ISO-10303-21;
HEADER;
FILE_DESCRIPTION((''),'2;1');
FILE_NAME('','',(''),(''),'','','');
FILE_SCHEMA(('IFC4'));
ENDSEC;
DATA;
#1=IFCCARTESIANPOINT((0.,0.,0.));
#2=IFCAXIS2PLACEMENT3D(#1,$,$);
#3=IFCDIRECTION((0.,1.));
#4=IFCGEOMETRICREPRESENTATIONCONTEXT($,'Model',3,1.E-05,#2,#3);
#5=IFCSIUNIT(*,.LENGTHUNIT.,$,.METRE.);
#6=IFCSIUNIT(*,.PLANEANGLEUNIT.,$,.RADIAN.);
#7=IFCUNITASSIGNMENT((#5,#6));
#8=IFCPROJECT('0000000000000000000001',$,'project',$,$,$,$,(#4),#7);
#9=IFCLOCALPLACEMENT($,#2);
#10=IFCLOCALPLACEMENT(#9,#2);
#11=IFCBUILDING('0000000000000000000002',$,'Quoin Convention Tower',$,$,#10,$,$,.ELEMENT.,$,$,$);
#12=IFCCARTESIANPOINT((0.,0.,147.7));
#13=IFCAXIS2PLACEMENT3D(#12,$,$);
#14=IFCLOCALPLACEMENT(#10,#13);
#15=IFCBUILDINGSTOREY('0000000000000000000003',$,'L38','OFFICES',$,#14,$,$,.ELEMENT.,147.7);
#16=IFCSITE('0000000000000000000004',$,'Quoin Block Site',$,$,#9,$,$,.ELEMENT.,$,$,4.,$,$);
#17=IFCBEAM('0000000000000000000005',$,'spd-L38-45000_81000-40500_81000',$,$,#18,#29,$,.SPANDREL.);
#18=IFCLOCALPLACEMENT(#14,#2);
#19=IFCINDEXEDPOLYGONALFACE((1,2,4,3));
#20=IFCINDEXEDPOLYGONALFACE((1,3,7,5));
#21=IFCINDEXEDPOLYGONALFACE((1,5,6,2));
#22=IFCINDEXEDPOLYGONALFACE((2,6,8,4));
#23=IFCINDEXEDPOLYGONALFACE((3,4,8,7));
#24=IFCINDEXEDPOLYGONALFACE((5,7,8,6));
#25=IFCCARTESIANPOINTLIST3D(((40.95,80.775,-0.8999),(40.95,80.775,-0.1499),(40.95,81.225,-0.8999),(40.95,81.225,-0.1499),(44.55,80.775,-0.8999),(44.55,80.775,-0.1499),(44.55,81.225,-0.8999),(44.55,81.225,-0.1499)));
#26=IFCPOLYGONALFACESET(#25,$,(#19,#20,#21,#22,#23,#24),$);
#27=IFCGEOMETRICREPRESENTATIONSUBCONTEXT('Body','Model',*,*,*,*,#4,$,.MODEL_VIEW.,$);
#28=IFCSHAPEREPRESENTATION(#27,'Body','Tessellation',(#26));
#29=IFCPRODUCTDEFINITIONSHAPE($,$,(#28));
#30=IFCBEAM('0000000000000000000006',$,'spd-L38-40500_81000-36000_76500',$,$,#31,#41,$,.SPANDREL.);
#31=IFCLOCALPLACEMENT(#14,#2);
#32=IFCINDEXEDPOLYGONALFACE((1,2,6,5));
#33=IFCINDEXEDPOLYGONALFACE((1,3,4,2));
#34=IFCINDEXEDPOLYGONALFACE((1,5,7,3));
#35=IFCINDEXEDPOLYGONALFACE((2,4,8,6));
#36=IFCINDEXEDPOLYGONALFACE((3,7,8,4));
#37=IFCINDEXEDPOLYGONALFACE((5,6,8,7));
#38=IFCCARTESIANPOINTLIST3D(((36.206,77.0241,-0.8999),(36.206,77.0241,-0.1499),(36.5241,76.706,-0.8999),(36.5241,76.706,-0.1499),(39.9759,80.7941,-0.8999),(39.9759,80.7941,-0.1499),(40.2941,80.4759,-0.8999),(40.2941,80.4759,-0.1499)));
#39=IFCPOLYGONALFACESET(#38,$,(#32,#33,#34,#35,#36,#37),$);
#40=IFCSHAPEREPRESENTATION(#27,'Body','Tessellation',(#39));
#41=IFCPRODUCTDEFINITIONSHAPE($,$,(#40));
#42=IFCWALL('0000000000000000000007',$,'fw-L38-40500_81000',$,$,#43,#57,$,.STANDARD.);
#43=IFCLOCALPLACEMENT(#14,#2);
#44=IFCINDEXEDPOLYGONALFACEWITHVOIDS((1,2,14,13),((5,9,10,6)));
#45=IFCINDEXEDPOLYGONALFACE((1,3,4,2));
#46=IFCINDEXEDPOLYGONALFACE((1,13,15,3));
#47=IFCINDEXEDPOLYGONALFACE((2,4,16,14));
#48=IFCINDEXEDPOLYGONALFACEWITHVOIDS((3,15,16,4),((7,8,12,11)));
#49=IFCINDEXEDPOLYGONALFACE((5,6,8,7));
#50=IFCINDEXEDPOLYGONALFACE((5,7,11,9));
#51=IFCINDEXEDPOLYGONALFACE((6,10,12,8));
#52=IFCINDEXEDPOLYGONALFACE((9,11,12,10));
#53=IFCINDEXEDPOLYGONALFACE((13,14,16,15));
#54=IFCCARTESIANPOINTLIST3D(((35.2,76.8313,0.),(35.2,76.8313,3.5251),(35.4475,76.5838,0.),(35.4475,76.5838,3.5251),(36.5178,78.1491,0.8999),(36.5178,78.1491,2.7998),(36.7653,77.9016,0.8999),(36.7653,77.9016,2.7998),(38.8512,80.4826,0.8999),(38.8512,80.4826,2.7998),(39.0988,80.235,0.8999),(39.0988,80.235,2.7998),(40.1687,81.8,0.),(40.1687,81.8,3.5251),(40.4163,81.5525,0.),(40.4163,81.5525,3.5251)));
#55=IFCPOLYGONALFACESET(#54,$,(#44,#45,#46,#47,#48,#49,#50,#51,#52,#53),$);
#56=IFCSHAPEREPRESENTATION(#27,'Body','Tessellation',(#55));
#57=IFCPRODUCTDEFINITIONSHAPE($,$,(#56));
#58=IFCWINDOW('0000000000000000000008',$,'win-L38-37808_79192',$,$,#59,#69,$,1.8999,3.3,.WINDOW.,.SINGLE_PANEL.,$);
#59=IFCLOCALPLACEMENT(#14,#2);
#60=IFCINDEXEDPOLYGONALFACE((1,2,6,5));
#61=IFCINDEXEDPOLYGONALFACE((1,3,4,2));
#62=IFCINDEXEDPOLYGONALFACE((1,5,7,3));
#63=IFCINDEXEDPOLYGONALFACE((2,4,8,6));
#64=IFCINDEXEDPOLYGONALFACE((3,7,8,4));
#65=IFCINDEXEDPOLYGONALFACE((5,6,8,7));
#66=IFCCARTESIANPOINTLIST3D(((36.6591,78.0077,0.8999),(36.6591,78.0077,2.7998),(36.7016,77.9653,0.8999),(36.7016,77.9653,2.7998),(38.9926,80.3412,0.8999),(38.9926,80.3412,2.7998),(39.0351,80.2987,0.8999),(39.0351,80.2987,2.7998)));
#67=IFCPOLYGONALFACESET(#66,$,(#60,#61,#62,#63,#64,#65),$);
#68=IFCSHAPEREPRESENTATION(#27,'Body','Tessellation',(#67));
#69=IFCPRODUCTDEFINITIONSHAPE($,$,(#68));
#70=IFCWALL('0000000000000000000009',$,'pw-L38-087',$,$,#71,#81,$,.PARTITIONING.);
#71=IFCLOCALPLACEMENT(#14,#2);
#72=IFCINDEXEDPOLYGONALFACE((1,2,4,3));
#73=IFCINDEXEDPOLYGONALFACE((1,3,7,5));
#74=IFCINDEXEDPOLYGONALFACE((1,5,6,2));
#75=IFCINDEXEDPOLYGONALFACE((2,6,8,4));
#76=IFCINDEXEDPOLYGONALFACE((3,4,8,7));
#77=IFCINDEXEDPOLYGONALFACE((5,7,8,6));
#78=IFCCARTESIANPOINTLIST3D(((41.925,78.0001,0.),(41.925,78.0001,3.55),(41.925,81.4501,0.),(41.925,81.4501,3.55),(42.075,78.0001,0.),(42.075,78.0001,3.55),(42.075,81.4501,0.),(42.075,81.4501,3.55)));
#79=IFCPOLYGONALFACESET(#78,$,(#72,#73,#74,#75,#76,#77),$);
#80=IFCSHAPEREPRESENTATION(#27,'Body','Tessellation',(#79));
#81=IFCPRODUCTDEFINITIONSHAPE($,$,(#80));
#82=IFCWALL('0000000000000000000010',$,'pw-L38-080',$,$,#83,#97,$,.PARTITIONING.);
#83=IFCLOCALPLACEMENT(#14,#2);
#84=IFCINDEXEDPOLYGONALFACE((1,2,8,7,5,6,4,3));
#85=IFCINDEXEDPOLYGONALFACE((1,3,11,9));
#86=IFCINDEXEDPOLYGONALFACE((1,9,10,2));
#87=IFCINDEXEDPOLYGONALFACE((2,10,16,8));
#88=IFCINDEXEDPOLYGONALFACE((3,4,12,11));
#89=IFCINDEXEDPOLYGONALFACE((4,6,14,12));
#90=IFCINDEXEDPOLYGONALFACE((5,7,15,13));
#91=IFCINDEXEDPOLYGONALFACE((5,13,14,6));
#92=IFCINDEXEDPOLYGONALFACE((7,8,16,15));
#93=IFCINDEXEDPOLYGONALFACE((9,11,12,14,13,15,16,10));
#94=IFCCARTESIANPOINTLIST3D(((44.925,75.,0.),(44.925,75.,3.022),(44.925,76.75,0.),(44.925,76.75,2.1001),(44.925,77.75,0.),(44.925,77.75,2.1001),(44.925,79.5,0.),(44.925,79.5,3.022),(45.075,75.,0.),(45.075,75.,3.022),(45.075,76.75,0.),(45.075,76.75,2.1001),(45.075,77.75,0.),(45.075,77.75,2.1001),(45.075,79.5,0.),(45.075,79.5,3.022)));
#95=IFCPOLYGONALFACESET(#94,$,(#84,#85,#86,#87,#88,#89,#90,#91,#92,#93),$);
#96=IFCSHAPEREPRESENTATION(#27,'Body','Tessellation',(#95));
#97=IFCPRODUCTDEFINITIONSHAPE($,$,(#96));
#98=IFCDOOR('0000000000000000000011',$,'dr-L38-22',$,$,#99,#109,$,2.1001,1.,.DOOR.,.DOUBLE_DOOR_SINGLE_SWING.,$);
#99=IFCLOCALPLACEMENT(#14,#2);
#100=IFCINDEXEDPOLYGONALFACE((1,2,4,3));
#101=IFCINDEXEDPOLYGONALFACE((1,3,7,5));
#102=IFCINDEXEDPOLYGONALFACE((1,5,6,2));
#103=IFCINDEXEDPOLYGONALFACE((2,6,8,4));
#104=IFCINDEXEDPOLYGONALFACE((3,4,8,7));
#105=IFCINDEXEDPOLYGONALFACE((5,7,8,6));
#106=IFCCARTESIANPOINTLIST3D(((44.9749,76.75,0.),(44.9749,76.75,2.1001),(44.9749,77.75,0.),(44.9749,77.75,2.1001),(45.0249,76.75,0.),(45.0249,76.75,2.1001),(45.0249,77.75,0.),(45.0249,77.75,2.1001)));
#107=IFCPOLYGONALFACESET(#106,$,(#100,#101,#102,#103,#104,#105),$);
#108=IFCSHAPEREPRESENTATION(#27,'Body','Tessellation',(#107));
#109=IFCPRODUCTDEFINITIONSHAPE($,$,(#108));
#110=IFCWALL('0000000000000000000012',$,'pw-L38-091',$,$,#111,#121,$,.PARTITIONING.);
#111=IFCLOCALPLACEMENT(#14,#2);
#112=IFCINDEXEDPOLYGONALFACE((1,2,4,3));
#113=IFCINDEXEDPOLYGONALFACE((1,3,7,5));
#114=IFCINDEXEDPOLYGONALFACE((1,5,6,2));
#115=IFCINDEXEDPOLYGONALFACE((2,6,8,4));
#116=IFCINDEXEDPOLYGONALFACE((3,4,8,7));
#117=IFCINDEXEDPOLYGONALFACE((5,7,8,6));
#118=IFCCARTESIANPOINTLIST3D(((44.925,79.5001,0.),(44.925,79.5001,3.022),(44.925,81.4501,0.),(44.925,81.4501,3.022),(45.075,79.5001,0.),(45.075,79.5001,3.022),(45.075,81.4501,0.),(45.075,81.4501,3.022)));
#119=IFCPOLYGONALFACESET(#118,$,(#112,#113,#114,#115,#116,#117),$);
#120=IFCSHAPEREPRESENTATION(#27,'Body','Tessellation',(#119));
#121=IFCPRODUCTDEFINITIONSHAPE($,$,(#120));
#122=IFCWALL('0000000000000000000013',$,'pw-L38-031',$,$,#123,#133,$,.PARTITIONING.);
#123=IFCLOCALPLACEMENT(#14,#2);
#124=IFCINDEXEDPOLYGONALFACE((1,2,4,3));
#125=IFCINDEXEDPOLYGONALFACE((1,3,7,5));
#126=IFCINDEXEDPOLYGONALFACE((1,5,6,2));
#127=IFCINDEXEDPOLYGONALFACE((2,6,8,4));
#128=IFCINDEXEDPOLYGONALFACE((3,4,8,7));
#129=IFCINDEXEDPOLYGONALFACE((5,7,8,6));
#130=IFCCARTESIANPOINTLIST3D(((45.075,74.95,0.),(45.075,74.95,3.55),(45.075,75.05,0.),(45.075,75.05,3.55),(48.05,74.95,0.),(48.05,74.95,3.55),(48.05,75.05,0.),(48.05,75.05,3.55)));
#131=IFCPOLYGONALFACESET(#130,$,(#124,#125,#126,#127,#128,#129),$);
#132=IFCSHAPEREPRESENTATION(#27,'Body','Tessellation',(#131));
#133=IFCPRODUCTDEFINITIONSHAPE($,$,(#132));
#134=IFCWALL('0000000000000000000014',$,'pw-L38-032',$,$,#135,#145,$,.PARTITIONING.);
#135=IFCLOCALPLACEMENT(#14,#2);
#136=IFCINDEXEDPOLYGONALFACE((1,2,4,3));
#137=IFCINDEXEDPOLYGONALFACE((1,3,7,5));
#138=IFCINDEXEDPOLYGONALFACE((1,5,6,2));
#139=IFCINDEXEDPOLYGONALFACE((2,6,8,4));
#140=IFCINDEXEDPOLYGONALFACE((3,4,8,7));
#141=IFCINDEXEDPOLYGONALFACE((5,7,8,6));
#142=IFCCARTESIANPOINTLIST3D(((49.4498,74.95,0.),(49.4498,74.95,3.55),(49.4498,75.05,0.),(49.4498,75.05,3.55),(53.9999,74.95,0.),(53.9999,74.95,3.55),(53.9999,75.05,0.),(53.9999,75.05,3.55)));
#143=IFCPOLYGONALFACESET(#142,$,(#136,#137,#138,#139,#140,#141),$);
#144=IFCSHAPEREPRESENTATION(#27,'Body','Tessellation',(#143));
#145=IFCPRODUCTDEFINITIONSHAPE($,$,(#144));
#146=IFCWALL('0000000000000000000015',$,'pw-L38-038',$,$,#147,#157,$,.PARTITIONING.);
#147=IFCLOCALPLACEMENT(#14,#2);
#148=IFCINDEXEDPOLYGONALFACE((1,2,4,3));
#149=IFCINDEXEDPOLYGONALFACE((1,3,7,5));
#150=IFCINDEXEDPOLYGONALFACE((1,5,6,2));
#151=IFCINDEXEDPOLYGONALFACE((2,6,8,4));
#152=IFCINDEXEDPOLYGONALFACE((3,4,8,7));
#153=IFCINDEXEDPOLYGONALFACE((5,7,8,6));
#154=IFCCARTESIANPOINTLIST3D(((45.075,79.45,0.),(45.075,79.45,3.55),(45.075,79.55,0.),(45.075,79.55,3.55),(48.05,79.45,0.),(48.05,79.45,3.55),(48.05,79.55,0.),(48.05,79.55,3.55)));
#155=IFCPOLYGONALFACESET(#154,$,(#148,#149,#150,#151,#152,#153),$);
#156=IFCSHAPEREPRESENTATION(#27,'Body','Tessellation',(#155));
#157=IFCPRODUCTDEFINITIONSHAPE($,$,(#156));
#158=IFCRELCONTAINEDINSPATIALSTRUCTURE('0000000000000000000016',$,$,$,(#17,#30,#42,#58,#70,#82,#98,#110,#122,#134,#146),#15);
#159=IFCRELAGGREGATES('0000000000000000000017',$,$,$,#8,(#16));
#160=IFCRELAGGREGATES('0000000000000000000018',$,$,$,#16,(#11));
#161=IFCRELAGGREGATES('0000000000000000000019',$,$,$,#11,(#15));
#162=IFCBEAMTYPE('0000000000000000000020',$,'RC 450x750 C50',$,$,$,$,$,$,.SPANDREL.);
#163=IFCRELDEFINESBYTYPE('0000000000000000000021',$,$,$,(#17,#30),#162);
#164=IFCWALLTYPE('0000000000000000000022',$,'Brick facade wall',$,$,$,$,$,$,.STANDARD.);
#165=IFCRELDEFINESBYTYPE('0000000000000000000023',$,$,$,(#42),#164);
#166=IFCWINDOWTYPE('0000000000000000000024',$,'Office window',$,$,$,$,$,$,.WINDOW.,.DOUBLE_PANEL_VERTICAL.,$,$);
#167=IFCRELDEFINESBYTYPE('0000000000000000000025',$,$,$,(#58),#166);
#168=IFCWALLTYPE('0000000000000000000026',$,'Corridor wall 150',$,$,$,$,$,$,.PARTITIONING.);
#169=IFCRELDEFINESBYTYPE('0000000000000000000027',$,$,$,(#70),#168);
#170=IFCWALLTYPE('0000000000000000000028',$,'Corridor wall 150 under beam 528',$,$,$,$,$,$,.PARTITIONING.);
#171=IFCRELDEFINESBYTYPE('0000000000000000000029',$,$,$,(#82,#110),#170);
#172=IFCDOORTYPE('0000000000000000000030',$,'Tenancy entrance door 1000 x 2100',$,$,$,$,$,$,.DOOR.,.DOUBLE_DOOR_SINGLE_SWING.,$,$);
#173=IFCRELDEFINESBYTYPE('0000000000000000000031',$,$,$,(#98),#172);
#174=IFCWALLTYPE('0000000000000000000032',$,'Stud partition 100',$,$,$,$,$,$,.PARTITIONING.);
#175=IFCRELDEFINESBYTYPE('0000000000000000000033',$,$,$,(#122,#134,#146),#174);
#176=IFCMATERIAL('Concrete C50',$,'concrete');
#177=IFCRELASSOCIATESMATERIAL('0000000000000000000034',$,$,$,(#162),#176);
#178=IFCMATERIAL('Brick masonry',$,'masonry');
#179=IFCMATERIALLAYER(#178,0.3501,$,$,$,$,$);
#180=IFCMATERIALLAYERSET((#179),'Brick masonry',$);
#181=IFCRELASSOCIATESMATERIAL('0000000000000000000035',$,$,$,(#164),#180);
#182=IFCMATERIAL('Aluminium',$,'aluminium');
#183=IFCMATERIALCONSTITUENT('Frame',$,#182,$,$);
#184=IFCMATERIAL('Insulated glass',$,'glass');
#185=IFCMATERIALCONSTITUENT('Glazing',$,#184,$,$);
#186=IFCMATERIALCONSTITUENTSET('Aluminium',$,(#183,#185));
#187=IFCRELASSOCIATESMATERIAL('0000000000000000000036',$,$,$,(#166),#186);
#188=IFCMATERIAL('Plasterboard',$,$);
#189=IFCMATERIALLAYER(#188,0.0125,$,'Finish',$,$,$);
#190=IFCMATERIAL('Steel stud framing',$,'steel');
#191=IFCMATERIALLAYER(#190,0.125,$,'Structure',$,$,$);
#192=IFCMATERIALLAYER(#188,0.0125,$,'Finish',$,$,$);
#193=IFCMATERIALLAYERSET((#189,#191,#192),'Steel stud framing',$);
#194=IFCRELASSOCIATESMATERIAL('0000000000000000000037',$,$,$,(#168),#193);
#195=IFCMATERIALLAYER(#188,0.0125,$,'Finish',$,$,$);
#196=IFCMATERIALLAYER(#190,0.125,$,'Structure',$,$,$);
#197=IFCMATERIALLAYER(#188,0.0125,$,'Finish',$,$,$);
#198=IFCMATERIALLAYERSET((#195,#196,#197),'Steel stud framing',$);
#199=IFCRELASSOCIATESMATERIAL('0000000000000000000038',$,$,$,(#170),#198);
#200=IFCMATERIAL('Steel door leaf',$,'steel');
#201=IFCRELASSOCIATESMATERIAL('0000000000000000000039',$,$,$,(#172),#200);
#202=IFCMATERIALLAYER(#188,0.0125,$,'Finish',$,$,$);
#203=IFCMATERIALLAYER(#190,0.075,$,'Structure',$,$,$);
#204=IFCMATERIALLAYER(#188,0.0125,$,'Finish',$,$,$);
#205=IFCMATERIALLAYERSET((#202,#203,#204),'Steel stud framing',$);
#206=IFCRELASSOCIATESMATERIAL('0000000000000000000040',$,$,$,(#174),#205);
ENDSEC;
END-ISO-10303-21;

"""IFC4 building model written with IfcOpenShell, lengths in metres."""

from ifc_helpers import new_model, si_unit, direction, frame, frame_2d, origin, origin_2d, place, context, subcontext, project, spatial, rectangle, extrude, material, layer, layer_set, constituent, constituent_set, material_profile, profile_set, type_object, element, fill, save


model = new_model("IFC4")

# Units and contexts
model_context = context("Model", 3, precision=1e-05, world=origin(), true_north=direction((0.0, 1.0)))
body_context = subcontext(model_context, "Body", "Model", "MODEL_VIEW")
ifc_project = project(units=[si_unit("LENGTHUNIT", "METRE"), si_unit("PLANEANGLEUNIT", "RADIAN")], contexts=[model_context])

# Site, building, storey
site_placement = place(None, origin())
site = spatial("IfcSite", under=ifc_project, at=site_placement, Name="Quoin Block Site", CompositionType="ELEMENT", RefElevation=4.0)
building_placement = place(site_placement, origin())
building = spatial("IfcBuilding", under=site, at=building_placement, Name="Quoin Convention Tower", CompositionType="ELEMENT")
storey_placement = place(building_placement, frame((0.0, 0.0, 147.7)))
storey = spatial("IfcBuildingStorey", under=building, at=storey_placement, Name="L38", Description="OFFICES", CompositionType="ELEMENT", Elevation=147.7)

# Shared definitions
ifc_material_1 = material(Name="Concrete C50", Category="concrete")

# Beams
ifc_material_profile_1 = material_profile(ifc_material_1, rectangle(XDim=0.45, YDim=0.75, at=origin_2d()), Name="RC 450x750")
ifc_profile_set_1 = profile_set([ifc_material_profile_1], Name="Concrete C50")
beam_type_1 = type_object("IfcBeamType", Name="RC 450x750 C50", PredefinedType="SPANDREL", material=ifc_profile_set_1)
for number, where, z_axis, x_axis, name in (
    (1, (44.55, 81.0, -0.5249), (-1.0, 0.0, 0.0), (0.0, -1.0, 0.0), "spd-L38-45000_81000-40500_81000"),
):
    element("IfcBeam", number, at=place(storey_placement, frame(where, z_axis=z_axis, x_axis=x_axis)), inside=storey, type_object=beam_type_1, Name=name, PredefinedType="SPANDREL", context=body_context, shape_type="SweptSolid", body=[
        extrude(rectangle(XDim=0.45, YDim=0.75, at=origin_2d()), origin(), (0.0, 0.0, 1.0), 3.6001),
    ])
beam_1_placement = place(storey_placement, frame((40.135, 80.635, -0.5249), z_axis=(-0.707107, -0.707107, 0.0), x_axis=(0.707107, -0.707107, 0.0)))
element("IfcBeam", 2, at=beam_1_placement, inside=storey, type_object=beam_type_1, Name="spd-L38-40500_81000-36000_76500", PredefinedType="SPANDREL", context=body_context, shape_type="SweptSolid", body=[
    extrude(rectangle(XDim=0.45, YDim=0.75, at=origin_2d()), origin(), (0.0, 0.0, 1.0), 5.3315),
])

# Wall, opening, window
ifc_material_2 = material(Name="Brick masonry", Category="masonry")
ifc_layer_1 = layer(ifc_material_2, 0.3501)
ifc_layer_set_1 = layer_set([ifc_layer_1], Name="Brick masonry")
wall_type_1 = type_object("IfcWallType", Name="Brick facade wall", PredefinedType="STANDARD", material=ifc_layer_set_1)
wall_1_placement = place(storey_placement, frame((40.2925, 81.6763, 0.0), z_axis=(0.0, 0.0, 1.0), x_axis=(-0.707107, -0.707107, 0.0)))
wall_1 = element("IfcWall", 3, at=wall_1_placement, inside=storey, type_object=wall_type_1, Name="fw-L38-40500_81000", PredefinedType="STANDARD", context=body_context, shape_type="SweptSolid", body=[
    extrude(rectangle(XDim=7.0269, YDim=0.3501, at=frame_2d((3.5134, 0.0))), origin(), (0.0, 0.0, 1.0), 3.5251),
])
opening_1_placement = place(wall_1_placement, frame((1.8633, 0.0, 0.8999)))
opening_1 = element("IfcOpeningElement", 4, at=opening_1_placement, cuts=wall_1, PredefinedType="OPENING", context=body_context, shape_type="SweptSolid", body=[
    extrude(rectangle(XDim=3.3, YDim=1.8999, at=frame_2d((1.6499, 0.95))), frame((0.0, 0.1851, 0.0), z_axis=(0.0, -1.0, 0.0), x_axis=(1.0, 0.0, 0.0)), (0.0, 0.0, 1.0), 0.3701),
])
ifc_material_3 = material(Name="Aluminium", Category="aluminium")
ifc_constituent_1 = constituent(ifc_material_3, Name="Frame")
ifc_material_4 = material(Name="Insulated glass", Category="glass")
ifc_constituent_2 = constituent(ifc_material_4, Name="Glazing")
ifc_constituent_set = constituent_set(constituents=[ifc_constituent_1, ifc_constituent_2], Name="Aluminium")
window_type = type_object("IfcWindowType", Name="Office window", PartitioningType="DOUBLE_PANEL_VERTICAL", PredefinedType="WINDOW", material=ifc_constituent_set)
window_placement = place(opening_1_placement, origin())
window = element("IfcWindow", 5, at=window_placement, inside=storey, type_object=window_type, Name="win-L38-37808_79192", OverallHeight=1.8999, OverallWidth=3.3, PartitioningType="SINGLE_PANEL", PredefinedType="WINDOW", context=body_context, shape_type="SweptSolid", body=[
    extrude(rectangle(XDim=3.3, YDim=1.8999, at=frame_2d((1.6499, 0.95))), frame((0.0, 0.085, 0.0), z_axis=(0.0, -1.0, 0.0), x_axis=(1.0, 0.0, 0.0)), (0.0, 0.0, 1.0), 0.0601),
])
fill(opening_1, window)

# Wall
ifc_material_5 = material(Name="Plasterboard")
ifc_layer_2 = layer(ifc_material_5, 0.0125, Name="Finish")
ifc_material_6 = material(Name="Steel stud framing", Category="steel")
ifc_layer_3 = layer(ifc_material_6, 0.125, Name="Structure")
ifc_layer_4 = layer(ifc_material_5, 0.0125, Name="Finish")
ifc_layer_set_2 = layer_set([ifc_layer_2, ifc_layer_3, ifc_layer_4], Name="Steel stud framing")
wall_type_2 = type_object("IfcWallType", Name="Corridor wall 150", PredefinedType="PARTITIONING", material=ifc_layer_set_2)
wall_2_placement = place(storey_placement, frame((42.0, 78.0, 0.0), z_axis=(0.0, 0.0, 1.0), x_axis=(0.0, 1.0, 0.0)))
element("IfcWall", 6, at=wall_2_placement, inside=storey, type_object=wall_type_2, Name="pw-L38-087", PredefinedType="PARTITIONING", context=body_context, shape_type="SweptSolid", body=[
    extrude(rectangle(XDim=3.45, YDim=0.1499, at=frame_2d((1.7251, 0.0))), origin(), (0.0, 0.0, 1.0), 3.55),
])

# Wall, opening, door
ifc_layer_5 = layer(ifc_material_5, 0.0125, Name="Finish")
ifc_layer_6 = layer(ifc_material_6, 0.125, Name="Structure")
ifc_layer_7 = layer(ifc_material_5, 0.0125, Name="Finish")
ifc_layer_set_3 = layer_set([ifc_layer_5, ifc_layer_6, ifc_layer_7], Name="Steel stud framing")
wall_type_3 = type_object("IfcWallType", Name="Corridor wall 150 under beam 528", PredefinedType="PARTITIONING", material=ifc_layer_set_3)
wall_3_placement = place(storey_placement, frame((45.0, 75.0, 0.0), z_axis=(0.0, 0.0, 1.0), x_axis=(0.0, 1.0, 0.0)))
wall_3 = element("IfcWall", 7, at=wall_3_placement, inside=storey, type_object=wall_type_3, Name="pw-L38-080", PredefinedType="PARTITIONING", context=body_context, shape_type="SweptSolid", body=[
    extrude(rectangle(XDim=4.5, YDim=0.1499, at=frame_2d((2.25, 0.0))), origin(), (0.0, 0.0, 1.0), 3.022),
])
opening_2_placement = place(wall_3_placement, frame((1.75, 0.0, 0.0)))
opening_2 = element("IfcOpeningElement", 8, at=opening_2_placement, cuts=wall_3, PredefinedType="OPENING", context=body_context, shape_type="SweptSolid", body=[
    extrude(rectangle(XDim=1.0, YDim=2.1001, at=frame_2d((0.5, 1.05))), frame((0.0, 0.085, 0.0), z_axis=(0.0, -1.0, 0.0), x_axis=(1.0, 0.0, 0.0)), (0.0, 0.0, 1.0), 0.1699),
])
ifc_material_7 = material(Name="Steel door leaf", Category="steel")
door_type_1 = type_object("IfcDoorType", Name="Tenancy entrance door 1000 x 2100", OperationType="DOUBLE_DOOR_SINGLE_SWING", PredefinedType="DOOR", material=ifc_material_7)
door_1_placement = place(opening_2_placement, frame((1.0, 0.0, 0.0), z_axis=(0.0, 0.0, 1.0), x_axis=(-1.0, 0.0, 0.0)))
door_1 = element("IfcDoor", 9, at=door_1_placement, inside=storey, type_object=door_type_1, Name="dr-L38-22", OperationType="DOUBLE_DOOR_SINGLE_SWING", OverallHeight=2.1001, OverallWidth=1.0, PredefinedType="DOOR", context=body_context, shape_type="SweptSolid", body=[
    extrude(rectangle(XDim=1.0, YDim=2.1001, at=frame_2d((0.5, 1.05))), frame((0.0, 0.0249, 0.0), z_axis=(0.0, -1.0, 0.0), x_axis=(1.0, 0.0, 0.0)), (0.0, 0.0, 1.0), 0.05),
])
fill(opening_2, door_1)

# Walls
wall_4_placement = place(storey_placement, frame((45.0, 79.5, 0.0), z_axis=(0.0, 0.0, 1.0), x_axis=(0.0, 1.0, 0.0)))
element("IfcWall", 10, at=wall_4_placement, inside=storey, type_object=wall_type_3, Name="pw-L38-091", PredefinedType="PARTITIONING", context=body_context, shape_type="SweptSolid", body=[
    extrude(rectangle(XDim=1.95, YDim=0.1499, at=frame_2d((0.9751, 0.0))), origin(), (0.0, 0.0, 1.0), 3.022),
])
ifc_layer_8 = layer(ifc_material_5, 0.0125, Name="Finish")
ifc_layer_9 = layer(ifc_material_6, 0.075, Name="Structure")
ifc_layer_10 = layer(ifc_material_5, 0.0125, Name="Finish")
ifc_layer_set_4 = layer_set([ifc_layer_8, ifc_layer_9, ifc_layer_10], Name="Steel stud framing")
wall_type_4 = type_object("IfcWallType", Name="Stud partition 100", PredefinedType="PARTITIONING", material=ifc_layer_set_4)
wall_5_placement = place(storey_placement, frame((45.075, 75.0, 0.0), z_axis=(0.0, 0.0, 1.0), x_axis=(1.0, 0.0, 0.0)))
element("IfcWall", 11, at=wall_5_placement, inside=storey, type_object=wall_type_4, Name="pw-L38-031", PredefinedType="PARTITIONING", context=body_context, shape_type="SweptSolid", body=[
    extrude(rectangle(XDim=2.9751, YDim=0.1001, at=frame_2d((1.4875, 0.0))), origin(), (0.0, 0.0, 1.0), 3.55),
])
wall_6_placement = place(storey_placement, frame((49.45, 75.0, 0.0), z_axis=(0.0, 0.0, 1.0), x_axis=(1.0, 0.0, 0.0)))
element("IfcWall", 12, at=wall_6_placement, inside=storey, type_object=wall_type_4, Name="pw-L38-032", PredefinedType="PARTITIONING", context=body_context, shape_type="SweptSolid", body=[
    extrude(rectangle(XDim=4.55, YDim=0.1001, at=frame_2d((2.2749, 0.0))), origin(), (0.0, 0.0, 1.0), 3.55),
])
wall_7_placement = place(storey_placement, frame((45.075, 79.5, 0.0), z_axis=(0.0, 0.0, 1.0), x_axis=(1.0, 0.0, 0.0)))
element("IfcWall", 13, at=wall_7_placement, inside=storey, type_object=wall_type_4, Name="pw-L38-038", PredefinedType="PARTITIONING", context=body_context, shape_type="SweptSolid", body=[
    extrude(rectangle(XDim=2.9751, YDim=0.1001, at=frame_2d((1.4875, 0.0))), origin(), (0.0, 0.0, 1.0), 3.55),
])

save(model, "model.ifc")
